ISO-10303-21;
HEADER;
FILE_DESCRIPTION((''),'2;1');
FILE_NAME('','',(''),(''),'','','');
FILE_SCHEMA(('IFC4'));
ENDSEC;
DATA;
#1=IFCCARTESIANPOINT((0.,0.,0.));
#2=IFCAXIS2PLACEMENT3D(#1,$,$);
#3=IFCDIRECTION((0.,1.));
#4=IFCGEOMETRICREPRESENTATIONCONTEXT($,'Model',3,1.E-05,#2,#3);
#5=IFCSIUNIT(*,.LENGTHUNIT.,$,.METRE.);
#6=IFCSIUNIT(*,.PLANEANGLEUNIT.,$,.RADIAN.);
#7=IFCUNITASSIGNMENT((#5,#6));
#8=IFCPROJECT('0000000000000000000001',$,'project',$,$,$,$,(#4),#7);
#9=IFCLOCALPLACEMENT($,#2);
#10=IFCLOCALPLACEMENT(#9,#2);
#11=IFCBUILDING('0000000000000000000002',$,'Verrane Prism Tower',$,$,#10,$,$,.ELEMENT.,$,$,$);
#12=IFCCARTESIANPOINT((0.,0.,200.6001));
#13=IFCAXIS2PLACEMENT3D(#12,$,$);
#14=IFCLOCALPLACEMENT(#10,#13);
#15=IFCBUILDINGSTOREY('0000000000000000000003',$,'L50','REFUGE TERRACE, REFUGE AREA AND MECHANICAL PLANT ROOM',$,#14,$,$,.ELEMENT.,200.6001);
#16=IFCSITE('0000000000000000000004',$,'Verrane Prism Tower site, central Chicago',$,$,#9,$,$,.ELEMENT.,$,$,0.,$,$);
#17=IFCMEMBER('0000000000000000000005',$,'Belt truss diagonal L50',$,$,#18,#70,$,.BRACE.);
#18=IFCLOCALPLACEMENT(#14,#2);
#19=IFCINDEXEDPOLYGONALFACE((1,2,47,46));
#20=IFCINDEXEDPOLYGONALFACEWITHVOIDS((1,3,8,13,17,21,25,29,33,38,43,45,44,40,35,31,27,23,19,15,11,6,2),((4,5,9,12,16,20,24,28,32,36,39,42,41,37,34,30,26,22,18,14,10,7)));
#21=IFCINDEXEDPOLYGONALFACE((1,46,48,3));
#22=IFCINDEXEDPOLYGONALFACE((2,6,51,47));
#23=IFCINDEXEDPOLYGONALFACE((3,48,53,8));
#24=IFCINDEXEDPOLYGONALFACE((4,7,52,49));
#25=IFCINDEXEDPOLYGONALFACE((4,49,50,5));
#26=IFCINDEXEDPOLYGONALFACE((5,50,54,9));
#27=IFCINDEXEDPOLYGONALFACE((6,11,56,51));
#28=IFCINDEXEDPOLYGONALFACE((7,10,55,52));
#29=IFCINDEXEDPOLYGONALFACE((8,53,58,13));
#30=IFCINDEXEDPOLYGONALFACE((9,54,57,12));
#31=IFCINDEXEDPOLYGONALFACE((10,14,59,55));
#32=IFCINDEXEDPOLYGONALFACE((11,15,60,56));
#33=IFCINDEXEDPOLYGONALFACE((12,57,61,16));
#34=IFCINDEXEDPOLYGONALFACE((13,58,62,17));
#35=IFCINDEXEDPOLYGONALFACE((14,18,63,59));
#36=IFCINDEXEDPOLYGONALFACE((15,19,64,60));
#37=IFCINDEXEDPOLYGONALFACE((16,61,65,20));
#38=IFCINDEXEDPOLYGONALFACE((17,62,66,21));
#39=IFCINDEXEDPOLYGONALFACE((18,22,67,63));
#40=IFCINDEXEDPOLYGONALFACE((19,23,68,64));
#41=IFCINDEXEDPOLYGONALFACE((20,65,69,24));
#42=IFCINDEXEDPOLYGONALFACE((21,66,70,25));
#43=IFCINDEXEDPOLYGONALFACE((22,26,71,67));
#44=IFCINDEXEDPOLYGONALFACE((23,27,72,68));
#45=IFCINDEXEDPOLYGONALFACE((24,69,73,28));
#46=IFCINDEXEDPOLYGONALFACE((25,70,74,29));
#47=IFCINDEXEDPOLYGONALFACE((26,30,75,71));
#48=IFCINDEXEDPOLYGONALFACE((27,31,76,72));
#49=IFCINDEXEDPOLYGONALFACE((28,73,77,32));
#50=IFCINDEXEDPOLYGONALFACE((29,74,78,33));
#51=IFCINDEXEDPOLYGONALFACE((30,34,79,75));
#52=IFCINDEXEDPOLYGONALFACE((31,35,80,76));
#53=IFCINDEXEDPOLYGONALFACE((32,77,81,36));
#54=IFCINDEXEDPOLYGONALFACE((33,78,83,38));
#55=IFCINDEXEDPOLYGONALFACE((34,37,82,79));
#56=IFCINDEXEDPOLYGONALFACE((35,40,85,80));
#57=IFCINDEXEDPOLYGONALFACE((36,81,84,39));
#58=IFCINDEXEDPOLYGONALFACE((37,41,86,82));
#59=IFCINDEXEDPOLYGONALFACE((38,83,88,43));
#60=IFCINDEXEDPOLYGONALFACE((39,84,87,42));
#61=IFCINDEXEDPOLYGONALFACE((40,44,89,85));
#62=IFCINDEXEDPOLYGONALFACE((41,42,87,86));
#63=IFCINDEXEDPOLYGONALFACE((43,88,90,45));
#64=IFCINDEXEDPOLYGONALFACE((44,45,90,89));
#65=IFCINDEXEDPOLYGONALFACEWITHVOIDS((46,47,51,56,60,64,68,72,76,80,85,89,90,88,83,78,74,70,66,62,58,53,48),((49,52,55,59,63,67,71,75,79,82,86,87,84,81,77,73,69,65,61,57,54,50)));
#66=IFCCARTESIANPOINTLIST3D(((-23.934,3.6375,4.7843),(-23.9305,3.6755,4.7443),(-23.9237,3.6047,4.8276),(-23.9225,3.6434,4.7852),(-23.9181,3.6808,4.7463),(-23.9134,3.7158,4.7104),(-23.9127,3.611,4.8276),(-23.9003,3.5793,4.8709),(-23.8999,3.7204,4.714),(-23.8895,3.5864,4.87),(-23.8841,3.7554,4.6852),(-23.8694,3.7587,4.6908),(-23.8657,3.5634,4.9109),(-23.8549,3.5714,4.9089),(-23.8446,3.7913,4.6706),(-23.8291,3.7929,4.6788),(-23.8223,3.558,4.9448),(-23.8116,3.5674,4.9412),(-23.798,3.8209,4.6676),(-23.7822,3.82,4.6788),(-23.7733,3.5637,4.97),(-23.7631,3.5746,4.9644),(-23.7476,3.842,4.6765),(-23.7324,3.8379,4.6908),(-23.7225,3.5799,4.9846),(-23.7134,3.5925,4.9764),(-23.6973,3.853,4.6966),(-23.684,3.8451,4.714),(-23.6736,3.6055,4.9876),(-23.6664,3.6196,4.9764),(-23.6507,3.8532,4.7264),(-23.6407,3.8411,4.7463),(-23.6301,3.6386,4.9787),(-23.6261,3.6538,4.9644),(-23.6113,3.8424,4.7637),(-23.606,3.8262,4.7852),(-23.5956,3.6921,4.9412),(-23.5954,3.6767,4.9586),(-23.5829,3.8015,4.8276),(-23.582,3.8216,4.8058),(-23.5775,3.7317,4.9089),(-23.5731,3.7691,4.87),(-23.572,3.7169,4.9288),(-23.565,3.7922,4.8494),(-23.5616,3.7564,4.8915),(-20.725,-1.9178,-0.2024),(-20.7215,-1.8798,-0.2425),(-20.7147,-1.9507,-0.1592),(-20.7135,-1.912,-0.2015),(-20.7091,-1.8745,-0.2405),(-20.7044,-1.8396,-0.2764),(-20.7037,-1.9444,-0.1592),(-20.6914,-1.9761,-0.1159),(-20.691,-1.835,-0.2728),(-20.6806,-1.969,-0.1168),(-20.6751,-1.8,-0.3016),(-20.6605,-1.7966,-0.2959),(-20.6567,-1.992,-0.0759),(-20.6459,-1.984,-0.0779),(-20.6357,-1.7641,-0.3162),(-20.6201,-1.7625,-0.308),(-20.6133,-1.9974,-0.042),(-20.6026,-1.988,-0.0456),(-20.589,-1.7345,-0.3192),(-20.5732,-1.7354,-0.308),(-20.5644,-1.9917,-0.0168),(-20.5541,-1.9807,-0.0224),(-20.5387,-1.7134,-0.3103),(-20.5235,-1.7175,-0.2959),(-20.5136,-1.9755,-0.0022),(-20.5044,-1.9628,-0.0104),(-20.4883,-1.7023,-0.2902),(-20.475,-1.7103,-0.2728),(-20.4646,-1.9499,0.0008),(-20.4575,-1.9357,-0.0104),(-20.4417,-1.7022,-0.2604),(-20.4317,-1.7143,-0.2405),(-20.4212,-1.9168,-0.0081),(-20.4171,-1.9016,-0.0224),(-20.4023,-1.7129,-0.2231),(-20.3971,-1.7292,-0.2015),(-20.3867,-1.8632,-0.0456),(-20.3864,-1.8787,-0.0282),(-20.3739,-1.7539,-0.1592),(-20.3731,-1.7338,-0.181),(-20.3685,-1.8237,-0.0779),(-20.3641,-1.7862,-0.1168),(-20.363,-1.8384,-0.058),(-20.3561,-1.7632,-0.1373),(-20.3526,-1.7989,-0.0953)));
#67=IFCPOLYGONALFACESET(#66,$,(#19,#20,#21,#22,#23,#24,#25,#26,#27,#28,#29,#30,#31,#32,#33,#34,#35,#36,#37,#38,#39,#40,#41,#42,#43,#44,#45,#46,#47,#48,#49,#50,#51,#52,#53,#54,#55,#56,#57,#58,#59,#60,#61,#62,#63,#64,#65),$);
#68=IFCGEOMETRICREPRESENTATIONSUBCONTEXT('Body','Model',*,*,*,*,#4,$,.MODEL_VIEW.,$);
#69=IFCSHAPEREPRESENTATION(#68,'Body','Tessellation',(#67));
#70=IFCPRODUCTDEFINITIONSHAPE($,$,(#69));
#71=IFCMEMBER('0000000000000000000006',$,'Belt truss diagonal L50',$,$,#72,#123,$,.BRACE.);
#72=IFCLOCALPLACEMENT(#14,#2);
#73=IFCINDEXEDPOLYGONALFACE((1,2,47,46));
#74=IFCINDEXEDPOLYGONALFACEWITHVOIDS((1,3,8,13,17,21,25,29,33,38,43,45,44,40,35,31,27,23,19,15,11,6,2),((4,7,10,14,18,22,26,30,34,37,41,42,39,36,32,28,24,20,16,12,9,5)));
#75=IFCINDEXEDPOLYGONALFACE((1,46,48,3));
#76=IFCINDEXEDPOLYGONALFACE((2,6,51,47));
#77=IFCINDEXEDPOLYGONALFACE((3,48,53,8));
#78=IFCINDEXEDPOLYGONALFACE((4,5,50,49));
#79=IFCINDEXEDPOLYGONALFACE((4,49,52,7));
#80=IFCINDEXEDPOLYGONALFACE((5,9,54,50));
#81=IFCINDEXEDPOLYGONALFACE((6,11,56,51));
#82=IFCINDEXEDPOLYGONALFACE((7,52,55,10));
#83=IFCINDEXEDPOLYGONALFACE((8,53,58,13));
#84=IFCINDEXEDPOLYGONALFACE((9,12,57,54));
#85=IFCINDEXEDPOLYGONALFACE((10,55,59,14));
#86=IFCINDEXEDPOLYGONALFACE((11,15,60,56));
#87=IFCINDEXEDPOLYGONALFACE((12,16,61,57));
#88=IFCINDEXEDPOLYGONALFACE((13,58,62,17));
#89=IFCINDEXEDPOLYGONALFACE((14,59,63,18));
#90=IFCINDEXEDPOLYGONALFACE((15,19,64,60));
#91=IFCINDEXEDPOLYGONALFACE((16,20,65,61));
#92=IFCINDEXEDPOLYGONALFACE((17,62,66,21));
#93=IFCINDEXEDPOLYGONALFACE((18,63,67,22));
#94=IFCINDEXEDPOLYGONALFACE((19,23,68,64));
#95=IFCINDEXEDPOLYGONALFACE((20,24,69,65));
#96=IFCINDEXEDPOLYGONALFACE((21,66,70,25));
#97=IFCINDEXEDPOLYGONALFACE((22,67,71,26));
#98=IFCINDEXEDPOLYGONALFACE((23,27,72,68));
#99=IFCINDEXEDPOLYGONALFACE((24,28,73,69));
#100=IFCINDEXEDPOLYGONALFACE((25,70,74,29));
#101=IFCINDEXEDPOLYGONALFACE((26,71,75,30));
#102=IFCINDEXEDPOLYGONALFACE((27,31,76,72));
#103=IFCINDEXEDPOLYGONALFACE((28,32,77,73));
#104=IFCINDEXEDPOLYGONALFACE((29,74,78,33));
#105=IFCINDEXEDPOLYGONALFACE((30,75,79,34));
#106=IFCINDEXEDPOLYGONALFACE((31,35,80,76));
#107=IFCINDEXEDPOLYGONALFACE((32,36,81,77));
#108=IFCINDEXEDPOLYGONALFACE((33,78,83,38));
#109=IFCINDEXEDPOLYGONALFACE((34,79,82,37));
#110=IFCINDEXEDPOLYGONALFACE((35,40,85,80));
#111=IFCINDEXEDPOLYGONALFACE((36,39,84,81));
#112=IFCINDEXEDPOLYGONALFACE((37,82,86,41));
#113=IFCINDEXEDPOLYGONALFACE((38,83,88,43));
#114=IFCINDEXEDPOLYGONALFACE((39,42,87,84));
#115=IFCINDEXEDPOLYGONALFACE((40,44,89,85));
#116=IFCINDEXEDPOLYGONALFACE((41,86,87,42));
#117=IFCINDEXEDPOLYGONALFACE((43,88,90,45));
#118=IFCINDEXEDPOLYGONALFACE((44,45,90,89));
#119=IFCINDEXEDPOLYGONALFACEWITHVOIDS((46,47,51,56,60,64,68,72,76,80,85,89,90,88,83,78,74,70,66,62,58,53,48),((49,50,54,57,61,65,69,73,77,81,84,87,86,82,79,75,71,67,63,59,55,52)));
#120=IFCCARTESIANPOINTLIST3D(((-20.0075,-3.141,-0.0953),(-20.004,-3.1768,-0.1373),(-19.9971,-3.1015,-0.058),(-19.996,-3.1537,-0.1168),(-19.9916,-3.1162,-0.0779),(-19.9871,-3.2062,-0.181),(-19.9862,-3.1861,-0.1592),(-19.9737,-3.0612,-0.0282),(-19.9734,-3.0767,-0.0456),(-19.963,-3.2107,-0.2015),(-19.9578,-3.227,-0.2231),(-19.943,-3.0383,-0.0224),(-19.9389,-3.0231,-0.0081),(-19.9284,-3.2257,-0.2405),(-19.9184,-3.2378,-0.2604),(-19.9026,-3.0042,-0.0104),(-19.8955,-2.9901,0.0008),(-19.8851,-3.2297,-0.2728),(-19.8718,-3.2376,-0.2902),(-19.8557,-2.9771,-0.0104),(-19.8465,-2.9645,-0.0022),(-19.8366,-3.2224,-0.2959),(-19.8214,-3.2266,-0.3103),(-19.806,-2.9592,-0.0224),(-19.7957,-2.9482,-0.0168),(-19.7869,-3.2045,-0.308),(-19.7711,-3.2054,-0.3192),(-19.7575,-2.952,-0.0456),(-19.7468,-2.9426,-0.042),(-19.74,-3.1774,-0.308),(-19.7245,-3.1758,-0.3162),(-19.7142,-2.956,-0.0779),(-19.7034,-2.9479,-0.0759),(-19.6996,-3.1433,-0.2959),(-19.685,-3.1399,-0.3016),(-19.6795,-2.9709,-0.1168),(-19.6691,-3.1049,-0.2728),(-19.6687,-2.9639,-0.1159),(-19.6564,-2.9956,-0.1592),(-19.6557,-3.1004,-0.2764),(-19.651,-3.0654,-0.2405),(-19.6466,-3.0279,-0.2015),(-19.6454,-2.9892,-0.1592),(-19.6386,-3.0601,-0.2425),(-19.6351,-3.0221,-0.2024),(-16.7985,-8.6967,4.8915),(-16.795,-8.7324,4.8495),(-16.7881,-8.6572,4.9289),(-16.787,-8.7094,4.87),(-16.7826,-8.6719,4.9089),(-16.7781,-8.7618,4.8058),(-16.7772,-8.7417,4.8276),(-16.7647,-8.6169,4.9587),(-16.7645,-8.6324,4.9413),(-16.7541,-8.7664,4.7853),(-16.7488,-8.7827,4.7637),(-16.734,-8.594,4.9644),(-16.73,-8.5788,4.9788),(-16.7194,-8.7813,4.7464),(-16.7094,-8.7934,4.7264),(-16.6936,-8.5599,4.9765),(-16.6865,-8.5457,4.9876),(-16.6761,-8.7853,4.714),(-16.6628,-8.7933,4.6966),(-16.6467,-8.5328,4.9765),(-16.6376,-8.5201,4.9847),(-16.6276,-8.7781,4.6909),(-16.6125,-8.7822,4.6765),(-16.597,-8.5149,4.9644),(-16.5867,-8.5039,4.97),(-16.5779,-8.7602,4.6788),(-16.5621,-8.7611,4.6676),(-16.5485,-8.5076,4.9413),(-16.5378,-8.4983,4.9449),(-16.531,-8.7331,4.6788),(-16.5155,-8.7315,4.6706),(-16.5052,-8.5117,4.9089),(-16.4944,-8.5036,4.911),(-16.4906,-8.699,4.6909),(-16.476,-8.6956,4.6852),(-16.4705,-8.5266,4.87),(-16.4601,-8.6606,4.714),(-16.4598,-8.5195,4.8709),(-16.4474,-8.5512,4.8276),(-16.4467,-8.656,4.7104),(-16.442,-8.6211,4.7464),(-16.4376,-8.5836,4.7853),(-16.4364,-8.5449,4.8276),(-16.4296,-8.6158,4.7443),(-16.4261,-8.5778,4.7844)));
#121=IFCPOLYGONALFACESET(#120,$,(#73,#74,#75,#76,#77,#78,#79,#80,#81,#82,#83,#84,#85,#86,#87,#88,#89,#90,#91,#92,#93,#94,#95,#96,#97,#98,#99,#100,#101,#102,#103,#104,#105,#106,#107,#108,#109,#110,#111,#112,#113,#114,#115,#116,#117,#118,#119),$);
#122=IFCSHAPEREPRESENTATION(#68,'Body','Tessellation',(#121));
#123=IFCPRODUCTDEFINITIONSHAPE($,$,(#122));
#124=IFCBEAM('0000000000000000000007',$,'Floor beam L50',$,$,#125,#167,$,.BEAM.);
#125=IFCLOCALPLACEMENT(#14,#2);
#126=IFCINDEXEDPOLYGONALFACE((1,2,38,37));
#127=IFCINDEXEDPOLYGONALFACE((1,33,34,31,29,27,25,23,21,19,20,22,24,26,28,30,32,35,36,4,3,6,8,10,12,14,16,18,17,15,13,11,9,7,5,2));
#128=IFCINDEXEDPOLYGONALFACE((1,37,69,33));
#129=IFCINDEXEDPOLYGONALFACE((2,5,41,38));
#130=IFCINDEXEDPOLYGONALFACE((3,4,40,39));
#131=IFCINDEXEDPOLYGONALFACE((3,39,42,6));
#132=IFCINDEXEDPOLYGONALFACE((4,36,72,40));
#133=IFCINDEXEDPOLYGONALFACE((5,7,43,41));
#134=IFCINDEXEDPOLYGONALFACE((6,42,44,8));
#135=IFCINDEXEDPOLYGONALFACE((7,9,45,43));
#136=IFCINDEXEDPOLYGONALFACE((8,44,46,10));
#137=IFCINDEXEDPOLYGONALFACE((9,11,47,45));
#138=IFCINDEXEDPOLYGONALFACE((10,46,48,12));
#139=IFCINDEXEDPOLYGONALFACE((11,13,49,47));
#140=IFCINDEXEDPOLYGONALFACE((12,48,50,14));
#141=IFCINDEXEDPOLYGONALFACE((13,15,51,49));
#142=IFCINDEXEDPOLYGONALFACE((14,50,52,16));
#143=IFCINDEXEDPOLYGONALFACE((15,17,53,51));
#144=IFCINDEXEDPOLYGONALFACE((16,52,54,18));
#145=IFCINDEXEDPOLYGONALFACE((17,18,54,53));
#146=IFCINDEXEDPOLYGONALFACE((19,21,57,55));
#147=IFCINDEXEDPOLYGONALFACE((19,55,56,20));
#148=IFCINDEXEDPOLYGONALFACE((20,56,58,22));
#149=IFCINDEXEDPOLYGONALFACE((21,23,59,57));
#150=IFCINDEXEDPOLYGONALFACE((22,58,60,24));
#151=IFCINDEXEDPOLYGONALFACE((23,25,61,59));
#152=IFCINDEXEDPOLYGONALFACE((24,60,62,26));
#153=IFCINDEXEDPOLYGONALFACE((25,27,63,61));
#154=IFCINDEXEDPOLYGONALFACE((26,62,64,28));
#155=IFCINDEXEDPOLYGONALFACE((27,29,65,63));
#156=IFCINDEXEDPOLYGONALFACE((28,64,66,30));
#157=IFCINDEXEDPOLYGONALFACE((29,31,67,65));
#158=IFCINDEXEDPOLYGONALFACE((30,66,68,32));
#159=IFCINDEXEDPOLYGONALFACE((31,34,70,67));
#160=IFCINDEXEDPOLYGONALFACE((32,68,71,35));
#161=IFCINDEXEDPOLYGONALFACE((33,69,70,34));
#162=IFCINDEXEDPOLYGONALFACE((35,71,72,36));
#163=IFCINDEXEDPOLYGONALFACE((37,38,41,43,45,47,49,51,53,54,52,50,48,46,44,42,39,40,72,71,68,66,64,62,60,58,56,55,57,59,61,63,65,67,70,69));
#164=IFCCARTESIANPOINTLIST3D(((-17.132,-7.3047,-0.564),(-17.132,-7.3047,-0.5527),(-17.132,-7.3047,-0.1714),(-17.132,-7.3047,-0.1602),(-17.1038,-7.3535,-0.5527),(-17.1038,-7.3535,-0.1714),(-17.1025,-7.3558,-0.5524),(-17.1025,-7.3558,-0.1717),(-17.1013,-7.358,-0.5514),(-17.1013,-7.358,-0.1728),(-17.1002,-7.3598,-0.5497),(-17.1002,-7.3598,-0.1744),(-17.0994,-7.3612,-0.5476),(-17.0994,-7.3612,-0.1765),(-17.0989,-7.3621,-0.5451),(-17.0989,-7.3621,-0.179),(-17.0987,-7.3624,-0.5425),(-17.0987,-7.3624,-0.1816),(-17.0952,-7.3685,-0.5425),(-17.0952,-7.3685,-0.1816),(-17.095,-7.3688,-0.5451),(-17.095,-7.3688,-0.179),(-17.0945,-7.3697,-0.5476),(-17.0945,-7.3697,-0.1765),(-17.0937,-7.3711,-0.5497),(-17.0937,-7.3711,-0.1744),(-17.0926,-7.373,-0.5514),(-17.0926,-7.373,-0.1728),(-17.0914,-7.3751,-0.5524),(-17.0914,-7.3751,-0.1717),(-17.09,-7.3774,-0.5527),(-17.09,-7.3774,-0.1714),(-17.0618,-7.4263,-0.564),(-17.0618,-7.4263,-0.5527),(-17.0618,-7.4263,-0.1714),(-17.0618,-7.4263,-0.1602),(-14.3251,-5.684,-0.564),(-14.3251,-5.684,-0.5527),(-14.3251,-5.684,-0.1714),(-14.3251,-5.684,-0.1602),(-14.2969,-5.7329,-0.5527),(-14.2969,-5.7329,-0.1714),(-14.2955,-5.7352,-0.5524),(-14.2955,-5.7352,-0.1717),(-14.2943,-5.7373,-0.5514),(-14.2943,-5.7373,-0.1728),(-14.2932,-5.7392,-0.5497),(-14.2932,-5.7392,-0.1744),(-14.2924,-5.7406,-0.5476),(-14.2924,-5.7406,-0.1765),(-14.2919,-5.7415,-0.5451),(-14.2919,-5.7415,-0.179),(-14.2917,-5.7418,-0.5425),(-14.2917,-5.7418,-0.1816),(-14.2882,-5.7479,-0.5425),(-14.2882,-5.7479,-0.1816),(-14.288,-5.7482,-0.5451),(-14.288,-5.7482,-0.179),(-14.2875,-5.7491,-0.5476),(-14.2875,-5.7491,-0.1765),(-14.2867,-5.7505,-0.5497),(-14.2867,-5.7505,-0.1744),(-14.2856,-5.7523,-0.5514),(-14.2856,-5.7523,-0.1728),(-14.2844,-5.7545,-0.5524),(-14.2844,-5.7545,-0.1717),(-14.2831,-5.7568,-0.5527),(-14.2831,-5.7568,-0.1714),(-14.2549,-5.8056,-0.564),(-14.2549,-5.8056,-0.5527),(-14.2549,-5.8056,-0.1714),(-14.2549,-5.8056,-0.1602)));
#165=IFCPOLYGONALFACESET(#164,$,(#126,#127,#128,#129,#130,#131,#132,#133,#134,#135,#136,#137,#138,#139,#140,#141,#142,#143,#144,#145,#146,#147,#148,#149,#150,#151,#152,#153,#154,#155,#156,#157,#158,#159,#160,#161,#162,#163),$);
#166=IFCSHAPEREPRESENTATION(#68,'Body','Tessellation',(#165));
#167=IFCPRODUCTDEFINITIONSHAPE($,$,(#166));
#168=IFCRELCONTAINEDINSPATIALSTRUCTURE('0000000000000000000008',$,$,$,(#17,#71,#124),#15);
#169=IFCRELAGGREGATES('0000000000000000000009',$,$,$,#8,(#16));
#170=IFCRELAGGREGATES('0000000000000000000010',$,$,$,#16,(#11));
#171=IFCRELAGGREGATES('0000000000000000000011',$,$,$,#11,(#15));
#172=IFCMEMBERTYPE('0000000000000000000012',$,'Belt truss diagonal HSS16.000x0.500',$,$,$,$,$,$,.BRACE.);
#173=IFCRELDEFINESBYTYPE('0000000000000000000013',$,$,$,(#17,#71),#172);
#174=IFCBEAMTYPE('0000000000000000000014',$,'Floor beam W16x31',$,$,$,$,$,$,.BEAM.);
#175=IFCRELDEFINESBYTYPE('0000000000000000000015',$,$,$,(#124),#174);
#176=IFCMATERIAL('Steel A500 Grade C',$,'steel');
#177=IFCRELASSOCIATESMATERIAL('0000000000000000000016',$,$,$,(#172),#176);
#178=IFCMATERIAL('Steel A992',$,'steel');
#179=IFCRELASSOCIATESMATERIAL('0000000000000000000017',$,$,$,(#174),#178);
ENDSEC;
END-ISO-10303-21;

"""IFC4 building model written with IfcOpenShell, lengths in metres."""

from ifc_helpers import new_model, si_unit, direction, frame, origin, origin_2d, place, context, subcontext, project, spatial, hollow_circle, i_section, extrude, material, material_profile, profile_set, type_object, element, save


model = new_model("IFC4")

# Units and contexts
model_context = context("Model", 3, precision=1e-05, world=origin(), true_north=direction((0.0, 1.0)))
body_context = subcontext(model_context, "Body", "Model", "MODEL_VIEW")
ifc_project = project(units=[si_unit("LENGTHUNIT", "METRE"), si_unit("PLANEANGLEUNIT", "RADIAN")], contexts=[model_context])

# Site, building, storey
site_placement = place(None, origin())
site = spatial("IfcSite", under=ifc_project, at=site_placement, Name="Verrane Prism Tower site, central Chicago", CompositionType="ELEMENT", RefElevation=0.0)
building_placement = place(site_placement, origin())
building = spatial("IfcBuilding", under=site, at=building_placement, Name="Verrane Prism Tower", CompositionType="ELEMENT")
storey_placement = place(building_placement, frame((0.0, 0.0, 200.6001)))
storey = spatial("IfcBuildingStorey", under=building, at=storey_placement, Name="L50", Description="REFUGE TERRACE, REFUGE AREA AND MECHANICAL PLANT ROOM", CompositionType="ELEMENT", Elevation=200.6001)

# Members
ifc_material_1 = material(Name="Steel A500 Grade C", Category="steel")
ifc_material_profile_1 = material_profile(ifc_material_1, hollow_circle(Radius=0.2031, WallThickness=0.0127, at=origin_2d()), Name="HSS16.000x0.500")
ifc_profile_set_1 = profile_set([ifc_material_profile_1], Name="Steel A500 Grade C")
member_type_1 = type_object("IfcMemberType", Name="Belt truss diagonal HSS16.000x0.500", PredefinedType="BRACE", material=ifc_profile_set_1)
member_1_placement = place(storey_placement, frame((-20.5388, -1.8491, -0.1592), z_axis=(-0.394913, 0.683677, 0.613702), x_axis=(-0.86592, -0.500182, 0.0)))
element("IfcMember", 1, at=member_1_placement, inside=storey, type_object=member_type_1, Name="Belt truss diagonal L50", PredefinedType="BRACE", context=body_context, shape_type="SweptSolid", body=[
    extrude(hollow_circle(Radius=0.2031, WallThickness=0.0127, at=origin_2d()), origin(), (0.0, 0.0, 1.0), 8.1257),
])
member_2_placement = place(storey_placement, frame((-19.8213, -3.0908, -0.1592), z_axis=(0.394905, -0.683693, 0.613689), x_axis=(0.86593, 0.500166, 0.0)))
element("IfcMember", 2, at=member_2_placement, inside=storey, type_object=member_type_1, Name="Belt truss diagonal L50", PredefinedType="BRACE", context=body_context, shape_type="SweptSolid", body=[
    extrude(hollow_circle(Radius=0.2031, WallThickness=0.0127, at=origin_2d()), origin(), (0.0, 0.0, 1.0), 8.126),
])

# Beam
ifc_material_2 = material(Name="Steel A992", Category="steel")
ifc_material_profile_2 = material_profile(ifc_material_2, i_section(OverallWidth=0.1404, OverallDepth=0.4038, WebThickness=0.0071, FlangeThickness=0.0112, FilletRadius=0.0103, at=origin_2d()), Name="W16x31")
ifc_profile_set_2 = profile_set([ifc_material_profile_2], Name="Steel A992")
beam_type_1 = type_object("IfcBeamType", Name="Floor beam W16x31", PredefinedType="BEAM", material=ifc_profile_set_2)
beam_1_placement = place(storey_placement, frame((-17.0969, -7.3655, -0.3621), z_axis=(0.866019, 0.500012, 0.0), x_axis=(-0.500012, 0.866019, 0.0)))
element("IfcBeam", 3, at=beam_1_placement, inside=storey, type_object=beam_type_1, Name="Floor beam L50", PredefinedType="BEAM", context=body_context, shape_type="SweptSolid", body=[
    extrude(i_section(OverallWidth=0.1404, OverallDepth=0.4038, WebThickness=0.0071, FlangeThickness=0.0112, FilletRadius=0.0103, at=origin_2d()), origin(), (0.0, 0.0, 1.0), 3.2412),
])

save(model, "model.ifc")
